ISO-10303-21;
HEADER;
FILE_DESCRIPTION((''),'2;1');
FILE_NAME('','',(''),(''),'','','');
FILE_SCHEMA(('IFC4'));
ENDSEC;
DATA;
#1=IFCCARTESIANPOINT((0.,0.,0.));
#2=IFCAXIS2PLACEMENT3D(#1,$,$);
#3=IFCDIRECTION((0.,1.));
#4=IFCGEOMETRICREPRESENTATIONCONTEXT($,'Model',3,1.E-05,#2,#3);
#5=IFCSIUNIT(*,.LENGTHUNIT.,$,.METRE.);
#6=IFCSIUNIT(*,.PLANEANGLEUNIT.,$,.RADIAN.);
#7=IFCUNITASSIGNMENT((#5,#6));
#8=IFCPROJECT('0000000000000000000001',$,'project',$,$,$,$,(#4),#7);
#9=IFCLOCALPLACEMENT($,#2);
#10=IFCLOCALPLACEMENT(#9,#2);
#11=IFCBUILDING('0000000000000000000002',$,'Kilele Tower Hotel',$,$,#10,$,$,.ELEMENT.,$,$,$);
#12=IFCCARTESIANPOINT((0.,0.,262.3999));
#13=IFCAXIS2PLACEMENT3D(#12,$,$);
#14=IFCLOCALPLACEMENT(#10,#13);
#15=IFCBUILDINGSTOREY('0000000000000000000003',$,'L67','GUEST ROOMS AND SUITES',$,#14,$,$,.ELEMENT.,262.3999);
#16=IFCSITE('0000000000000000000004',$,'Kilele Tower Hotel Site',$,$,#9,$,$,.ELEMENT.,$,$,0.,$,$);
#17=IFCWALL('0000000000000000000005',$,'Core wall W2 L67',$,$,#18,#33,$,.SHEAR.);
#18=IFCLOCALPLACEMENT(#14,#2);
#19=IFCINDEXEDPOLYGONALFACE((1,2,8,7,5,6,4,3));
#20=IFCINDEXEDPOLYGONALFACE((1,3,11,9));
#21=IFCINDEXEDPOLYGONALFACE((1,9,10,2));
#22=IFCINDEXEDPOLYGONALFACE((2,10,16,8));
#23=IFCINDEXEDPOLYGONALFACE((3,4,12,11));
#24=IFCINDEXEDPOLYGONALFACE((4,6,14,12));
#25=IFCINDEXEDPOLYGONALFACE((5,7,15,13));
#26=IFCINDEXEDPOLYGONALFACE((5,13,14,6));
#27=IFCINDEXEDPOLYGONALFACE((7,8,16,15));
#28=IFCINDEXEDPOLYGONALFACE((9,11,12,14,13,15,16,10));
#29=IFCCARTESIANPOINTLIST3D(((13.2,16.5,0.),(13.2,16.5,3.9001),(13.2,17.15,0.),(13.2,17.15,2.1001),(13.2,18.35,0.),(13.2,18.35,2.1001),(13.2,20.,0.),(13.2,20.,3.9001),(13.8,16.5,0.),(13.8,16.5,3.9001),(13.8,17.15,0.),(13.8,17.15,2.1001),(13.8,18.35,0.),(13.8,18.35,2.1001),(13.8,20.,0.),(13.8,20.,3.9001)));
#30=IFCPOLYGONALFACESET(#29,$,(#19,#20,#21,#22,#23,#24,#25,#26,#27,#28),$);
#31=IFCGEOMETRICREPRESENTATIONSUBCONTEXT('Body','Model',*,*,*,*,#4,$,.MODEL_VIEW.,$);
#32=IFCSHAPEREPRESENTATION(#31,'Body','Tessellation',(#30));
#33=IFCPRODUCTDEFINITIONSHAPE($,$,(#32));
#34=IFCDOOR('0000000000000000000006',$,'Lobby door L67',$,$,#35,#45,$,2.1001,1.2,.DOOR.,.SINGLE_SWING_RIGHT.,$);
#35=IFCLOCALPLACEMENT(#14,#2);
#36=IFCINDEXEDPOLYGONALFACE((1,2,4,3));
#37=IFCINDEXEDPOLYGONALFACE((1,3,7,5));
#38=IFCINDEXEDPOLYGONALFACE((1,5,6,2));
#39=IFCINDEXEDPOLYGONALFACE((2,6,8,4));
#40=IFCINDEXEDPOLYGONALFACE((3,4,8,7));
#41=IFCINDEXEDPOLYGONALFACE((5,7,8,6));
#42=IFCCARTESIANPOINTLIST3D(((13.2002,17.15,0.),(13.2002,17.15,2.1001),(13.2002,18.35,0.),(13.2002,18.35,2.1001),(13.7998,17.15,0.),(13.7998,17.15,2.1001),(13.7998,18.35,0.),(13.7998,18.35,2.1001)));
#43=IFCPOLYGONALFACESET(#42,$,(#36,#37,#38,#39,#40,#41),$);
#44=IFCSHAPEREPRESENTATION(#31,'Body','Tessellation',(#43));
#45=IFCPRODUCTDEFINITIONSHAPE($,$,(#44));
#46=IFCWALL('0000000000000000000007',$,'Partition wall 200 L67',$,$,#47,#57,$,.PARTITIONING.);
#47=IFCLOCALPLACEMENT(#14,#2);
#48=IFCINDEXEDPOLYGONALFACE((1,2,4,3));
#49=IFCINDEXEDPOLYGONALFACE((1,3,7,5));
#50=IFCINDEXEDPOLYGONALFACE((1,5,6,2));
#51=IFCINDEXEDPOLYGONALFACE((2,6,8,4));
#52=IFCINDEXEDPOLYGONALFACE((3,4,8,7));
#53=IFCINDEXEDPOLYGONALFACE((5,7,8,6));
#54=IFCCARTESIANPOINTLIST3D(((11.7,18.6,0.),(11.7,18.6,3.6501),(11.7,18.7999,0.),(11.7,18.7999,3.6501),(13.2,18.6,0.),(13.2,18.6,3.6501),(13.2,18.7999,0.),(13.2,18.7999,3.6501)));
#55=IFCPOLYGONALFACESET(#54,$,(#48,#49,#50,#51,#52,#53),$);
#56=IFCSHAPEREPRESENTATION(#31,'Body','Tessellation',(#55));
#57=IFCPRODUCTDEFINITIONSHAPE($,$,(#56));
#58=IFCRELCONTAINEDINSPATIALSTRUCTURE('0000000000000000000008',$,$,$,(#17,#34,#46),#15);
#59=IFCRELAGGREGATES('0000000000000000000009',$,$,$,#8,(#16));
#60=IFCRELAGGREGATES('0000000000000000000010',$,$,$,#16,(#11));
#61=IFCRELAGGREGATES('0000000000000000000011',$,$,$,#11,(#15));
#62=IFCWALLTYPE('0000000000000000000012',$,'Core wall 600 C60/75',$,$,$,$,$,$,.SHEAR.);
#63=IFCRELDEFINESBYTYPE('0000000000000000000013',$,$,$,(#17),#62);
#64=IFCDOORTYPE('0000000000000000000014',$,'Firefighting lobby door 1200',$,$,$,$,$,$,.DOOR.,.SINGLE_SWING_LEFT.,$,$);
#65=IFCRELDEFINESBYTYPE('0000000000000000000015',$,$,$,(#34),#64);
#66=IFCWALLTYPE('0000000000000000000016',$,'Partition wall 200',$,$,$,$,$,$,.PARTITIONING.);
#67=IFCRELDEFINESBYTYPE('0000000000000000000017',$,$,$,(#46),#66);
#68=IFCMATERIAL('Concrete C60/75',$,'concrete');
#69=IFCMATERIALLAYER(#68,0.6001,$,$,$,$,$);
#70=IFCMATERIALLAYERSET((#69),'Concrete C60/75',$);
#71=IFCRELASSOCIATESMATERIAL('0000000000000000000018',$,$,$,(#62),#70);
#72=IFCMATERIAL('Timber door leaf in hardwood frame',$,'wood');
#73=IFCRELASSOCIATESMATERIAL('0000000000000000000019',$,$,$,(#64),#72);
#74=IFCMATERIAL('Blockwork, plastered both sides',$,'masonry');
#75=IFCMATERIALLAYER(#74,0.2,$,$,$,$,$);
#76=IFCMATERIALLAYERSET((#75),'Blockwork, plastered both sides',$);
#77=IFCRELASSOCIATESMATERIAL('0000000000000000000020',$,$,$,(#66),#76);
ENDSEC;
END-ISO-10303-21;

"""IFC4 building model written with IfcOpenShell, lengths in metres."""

from ifc_helpers import new_model, si_unit, direction, frame, frame_2d, origin, place, context, subcontext, project, spatial, rectangle, extrude, material, layer, layer_set, type_object, element, fill, save


model = new_model("IFC4")

# Units and contexts
model_context = context("Model", 3, precision=1e-05, world=origin(), true_north=direction((0.0, 1.0)))
body_context = subcontext(model_context, "Body", "Model", "MODEL_VIEW")
ifc_project = project(units=[si_unit("LENGTHUNIT", "METRE"), si_unit("PLANEANGLEUNIT", "RADIAN")], contexts=[model_context])

# Site, building, storey
site_placement = place(None, origin())
site = spatial("IfcSite", under=ifc_project, at=site_placement, Name="Kilele Tower Hotel Site", CompositionType="ELEMENT", RefElevation=0.0)
building_placement = place(site_placement, origin())
building = spatial("IfcBuilding", under=site, at=building_placement, Name="Kilele Tower Hotel", CompositionType="ELEMENT")
storey_placement = place(building_placement, frame((0.0, 0.0, 262.3999)))
storey = spatial("IfcBuildingStorey", under=building, at=storey_placement, Name="L67", Description="GUEST ROOMS AND SUITES", CompositionType="ELEMENT", Elevation=262.3999)

# Shared definitions
ifc_material_1 = material(Name="Concrete C60/75", Category="concrete")
ifc_layer_1 = layer(ifc_material_1, 0.6001)
ifc_layer_set_1 = layer_set([ifc_layer_1], Name="Concrete C60/75")
wall_type_1 = type_object("IfcWallType", Name="Core wall 600 C60/75", PredefinedType="SHEAR", material=ifc_layer_set_1)

# Wall, opening, door
wall_1_placement = place(storey_placement, frame((13.5, 20.0, 0.0), z_axis=(0.0, 0.0, 1.0), x_axis=(0.0, -1.0, 0.0)))
wall_1 = element("IfcWall", 1, at=wall_1_placement, inside=storey, type_object=wall_type_1, Name="Core wall W2 L67", PredefinedType="SHEAR", context=body_context, shape_type="SweptSolid", body=[
    extrude(rectangle(XDim=3.5, YDim=0.6001, at=frame_2d((1.75, 0.0))), origin(), (0.0, 0.0, 1.0), 3.9001),
])
opening_1_placement = place(wall_1_placement, frame((1.6499, 0.0, 0.0)))
opening_1 = element("IfcOpeningElement", 2, at=opening_1_placement, cuts=wall_1, PredefinedType="OPENING", context=body_context, shape_type="SweptSolid", body=[
    extrude(rectangle(XDim=1.2, YDim=2.1001, at=frame_2d((0.6001, 1.05))), frame((0.0, 0.3101, 0.0), z_axis=(0.0, -1.0, 0.0), x_axis=(1.0, 0.0, 0.0)), (0.0, 0.0, 1.0), 0.6201),
])
ifc_material_2 = material(Name="Timber door leaf in hardwood frame", Category="wood")
door_type_1 = type_object("IfcDoorType", Name="Firefighting lobby door 1200", OperationType="SINGLE_SWING_LEFT", PredefinedType="DOOR", material=ifc_material_2)
door_1_placement = place(opening_1_placement, origin())
door_1 = element("IfcDoor", 3, at=door_1_placement, inside=storey, type_object=door_type_1, Name="Lobby door L67", OperationType="SINGLE_SWING_RIGHT", OverallHeight=2.1001, OverallWidth=1.2, PredefinedType="DOOR", context=body_context, shape_type="SweptSolid", body=[
    extrude(rectangle(XDim=1.2, YDim=2.1001, at=frame_2d((0.6001, 1.05))), frame((0.0, 0.2998, 0.0), z_axis=(0.0, -1.0, 0.0), x_axis=(1.0, 0.0, 0.0)), (0.0, 0.0, 1.0), 0.5996),
])
fill(opening_1, door_1)

# Wall
ifc_material_3 = material(Name="Blockwork, plastered both sides", Category="masonry")
ifc_layer_2 = layer(ifc_material_3, 0.2)
ifc_layer_set_2 = layer_set([ifc_layer_2], Name="Blockwork, plastered both sides")
wall_type_2 = type_object("IfcWallType", Name="Partition wall 200", PredefinedType="PARTITIONING", material=ifc_layer_set_2)
wall_2_placement = place(storey_placement, frame((13.2, 18.7, 0.0), z_axis=(0.0, 0.0, 1.0), x_axis=(-1.0, 0.0, 0.0)))
element("IfcWall", 4, at=wall_2_placement, inside=storey, type_object=wall_type_2, Name="Partition wall 200 L67", PredefinedType="PARTITIONING", context=body_context, shape_type="SweptSolid", body=[
    extrude(rectangle(XDim=1.5, YDim=0.2, at=frame_2d((0.75, 0.0))), origin(), (0.0, 0.0, 1.0), 3.6501),
])

save(model, "model.ifc")
